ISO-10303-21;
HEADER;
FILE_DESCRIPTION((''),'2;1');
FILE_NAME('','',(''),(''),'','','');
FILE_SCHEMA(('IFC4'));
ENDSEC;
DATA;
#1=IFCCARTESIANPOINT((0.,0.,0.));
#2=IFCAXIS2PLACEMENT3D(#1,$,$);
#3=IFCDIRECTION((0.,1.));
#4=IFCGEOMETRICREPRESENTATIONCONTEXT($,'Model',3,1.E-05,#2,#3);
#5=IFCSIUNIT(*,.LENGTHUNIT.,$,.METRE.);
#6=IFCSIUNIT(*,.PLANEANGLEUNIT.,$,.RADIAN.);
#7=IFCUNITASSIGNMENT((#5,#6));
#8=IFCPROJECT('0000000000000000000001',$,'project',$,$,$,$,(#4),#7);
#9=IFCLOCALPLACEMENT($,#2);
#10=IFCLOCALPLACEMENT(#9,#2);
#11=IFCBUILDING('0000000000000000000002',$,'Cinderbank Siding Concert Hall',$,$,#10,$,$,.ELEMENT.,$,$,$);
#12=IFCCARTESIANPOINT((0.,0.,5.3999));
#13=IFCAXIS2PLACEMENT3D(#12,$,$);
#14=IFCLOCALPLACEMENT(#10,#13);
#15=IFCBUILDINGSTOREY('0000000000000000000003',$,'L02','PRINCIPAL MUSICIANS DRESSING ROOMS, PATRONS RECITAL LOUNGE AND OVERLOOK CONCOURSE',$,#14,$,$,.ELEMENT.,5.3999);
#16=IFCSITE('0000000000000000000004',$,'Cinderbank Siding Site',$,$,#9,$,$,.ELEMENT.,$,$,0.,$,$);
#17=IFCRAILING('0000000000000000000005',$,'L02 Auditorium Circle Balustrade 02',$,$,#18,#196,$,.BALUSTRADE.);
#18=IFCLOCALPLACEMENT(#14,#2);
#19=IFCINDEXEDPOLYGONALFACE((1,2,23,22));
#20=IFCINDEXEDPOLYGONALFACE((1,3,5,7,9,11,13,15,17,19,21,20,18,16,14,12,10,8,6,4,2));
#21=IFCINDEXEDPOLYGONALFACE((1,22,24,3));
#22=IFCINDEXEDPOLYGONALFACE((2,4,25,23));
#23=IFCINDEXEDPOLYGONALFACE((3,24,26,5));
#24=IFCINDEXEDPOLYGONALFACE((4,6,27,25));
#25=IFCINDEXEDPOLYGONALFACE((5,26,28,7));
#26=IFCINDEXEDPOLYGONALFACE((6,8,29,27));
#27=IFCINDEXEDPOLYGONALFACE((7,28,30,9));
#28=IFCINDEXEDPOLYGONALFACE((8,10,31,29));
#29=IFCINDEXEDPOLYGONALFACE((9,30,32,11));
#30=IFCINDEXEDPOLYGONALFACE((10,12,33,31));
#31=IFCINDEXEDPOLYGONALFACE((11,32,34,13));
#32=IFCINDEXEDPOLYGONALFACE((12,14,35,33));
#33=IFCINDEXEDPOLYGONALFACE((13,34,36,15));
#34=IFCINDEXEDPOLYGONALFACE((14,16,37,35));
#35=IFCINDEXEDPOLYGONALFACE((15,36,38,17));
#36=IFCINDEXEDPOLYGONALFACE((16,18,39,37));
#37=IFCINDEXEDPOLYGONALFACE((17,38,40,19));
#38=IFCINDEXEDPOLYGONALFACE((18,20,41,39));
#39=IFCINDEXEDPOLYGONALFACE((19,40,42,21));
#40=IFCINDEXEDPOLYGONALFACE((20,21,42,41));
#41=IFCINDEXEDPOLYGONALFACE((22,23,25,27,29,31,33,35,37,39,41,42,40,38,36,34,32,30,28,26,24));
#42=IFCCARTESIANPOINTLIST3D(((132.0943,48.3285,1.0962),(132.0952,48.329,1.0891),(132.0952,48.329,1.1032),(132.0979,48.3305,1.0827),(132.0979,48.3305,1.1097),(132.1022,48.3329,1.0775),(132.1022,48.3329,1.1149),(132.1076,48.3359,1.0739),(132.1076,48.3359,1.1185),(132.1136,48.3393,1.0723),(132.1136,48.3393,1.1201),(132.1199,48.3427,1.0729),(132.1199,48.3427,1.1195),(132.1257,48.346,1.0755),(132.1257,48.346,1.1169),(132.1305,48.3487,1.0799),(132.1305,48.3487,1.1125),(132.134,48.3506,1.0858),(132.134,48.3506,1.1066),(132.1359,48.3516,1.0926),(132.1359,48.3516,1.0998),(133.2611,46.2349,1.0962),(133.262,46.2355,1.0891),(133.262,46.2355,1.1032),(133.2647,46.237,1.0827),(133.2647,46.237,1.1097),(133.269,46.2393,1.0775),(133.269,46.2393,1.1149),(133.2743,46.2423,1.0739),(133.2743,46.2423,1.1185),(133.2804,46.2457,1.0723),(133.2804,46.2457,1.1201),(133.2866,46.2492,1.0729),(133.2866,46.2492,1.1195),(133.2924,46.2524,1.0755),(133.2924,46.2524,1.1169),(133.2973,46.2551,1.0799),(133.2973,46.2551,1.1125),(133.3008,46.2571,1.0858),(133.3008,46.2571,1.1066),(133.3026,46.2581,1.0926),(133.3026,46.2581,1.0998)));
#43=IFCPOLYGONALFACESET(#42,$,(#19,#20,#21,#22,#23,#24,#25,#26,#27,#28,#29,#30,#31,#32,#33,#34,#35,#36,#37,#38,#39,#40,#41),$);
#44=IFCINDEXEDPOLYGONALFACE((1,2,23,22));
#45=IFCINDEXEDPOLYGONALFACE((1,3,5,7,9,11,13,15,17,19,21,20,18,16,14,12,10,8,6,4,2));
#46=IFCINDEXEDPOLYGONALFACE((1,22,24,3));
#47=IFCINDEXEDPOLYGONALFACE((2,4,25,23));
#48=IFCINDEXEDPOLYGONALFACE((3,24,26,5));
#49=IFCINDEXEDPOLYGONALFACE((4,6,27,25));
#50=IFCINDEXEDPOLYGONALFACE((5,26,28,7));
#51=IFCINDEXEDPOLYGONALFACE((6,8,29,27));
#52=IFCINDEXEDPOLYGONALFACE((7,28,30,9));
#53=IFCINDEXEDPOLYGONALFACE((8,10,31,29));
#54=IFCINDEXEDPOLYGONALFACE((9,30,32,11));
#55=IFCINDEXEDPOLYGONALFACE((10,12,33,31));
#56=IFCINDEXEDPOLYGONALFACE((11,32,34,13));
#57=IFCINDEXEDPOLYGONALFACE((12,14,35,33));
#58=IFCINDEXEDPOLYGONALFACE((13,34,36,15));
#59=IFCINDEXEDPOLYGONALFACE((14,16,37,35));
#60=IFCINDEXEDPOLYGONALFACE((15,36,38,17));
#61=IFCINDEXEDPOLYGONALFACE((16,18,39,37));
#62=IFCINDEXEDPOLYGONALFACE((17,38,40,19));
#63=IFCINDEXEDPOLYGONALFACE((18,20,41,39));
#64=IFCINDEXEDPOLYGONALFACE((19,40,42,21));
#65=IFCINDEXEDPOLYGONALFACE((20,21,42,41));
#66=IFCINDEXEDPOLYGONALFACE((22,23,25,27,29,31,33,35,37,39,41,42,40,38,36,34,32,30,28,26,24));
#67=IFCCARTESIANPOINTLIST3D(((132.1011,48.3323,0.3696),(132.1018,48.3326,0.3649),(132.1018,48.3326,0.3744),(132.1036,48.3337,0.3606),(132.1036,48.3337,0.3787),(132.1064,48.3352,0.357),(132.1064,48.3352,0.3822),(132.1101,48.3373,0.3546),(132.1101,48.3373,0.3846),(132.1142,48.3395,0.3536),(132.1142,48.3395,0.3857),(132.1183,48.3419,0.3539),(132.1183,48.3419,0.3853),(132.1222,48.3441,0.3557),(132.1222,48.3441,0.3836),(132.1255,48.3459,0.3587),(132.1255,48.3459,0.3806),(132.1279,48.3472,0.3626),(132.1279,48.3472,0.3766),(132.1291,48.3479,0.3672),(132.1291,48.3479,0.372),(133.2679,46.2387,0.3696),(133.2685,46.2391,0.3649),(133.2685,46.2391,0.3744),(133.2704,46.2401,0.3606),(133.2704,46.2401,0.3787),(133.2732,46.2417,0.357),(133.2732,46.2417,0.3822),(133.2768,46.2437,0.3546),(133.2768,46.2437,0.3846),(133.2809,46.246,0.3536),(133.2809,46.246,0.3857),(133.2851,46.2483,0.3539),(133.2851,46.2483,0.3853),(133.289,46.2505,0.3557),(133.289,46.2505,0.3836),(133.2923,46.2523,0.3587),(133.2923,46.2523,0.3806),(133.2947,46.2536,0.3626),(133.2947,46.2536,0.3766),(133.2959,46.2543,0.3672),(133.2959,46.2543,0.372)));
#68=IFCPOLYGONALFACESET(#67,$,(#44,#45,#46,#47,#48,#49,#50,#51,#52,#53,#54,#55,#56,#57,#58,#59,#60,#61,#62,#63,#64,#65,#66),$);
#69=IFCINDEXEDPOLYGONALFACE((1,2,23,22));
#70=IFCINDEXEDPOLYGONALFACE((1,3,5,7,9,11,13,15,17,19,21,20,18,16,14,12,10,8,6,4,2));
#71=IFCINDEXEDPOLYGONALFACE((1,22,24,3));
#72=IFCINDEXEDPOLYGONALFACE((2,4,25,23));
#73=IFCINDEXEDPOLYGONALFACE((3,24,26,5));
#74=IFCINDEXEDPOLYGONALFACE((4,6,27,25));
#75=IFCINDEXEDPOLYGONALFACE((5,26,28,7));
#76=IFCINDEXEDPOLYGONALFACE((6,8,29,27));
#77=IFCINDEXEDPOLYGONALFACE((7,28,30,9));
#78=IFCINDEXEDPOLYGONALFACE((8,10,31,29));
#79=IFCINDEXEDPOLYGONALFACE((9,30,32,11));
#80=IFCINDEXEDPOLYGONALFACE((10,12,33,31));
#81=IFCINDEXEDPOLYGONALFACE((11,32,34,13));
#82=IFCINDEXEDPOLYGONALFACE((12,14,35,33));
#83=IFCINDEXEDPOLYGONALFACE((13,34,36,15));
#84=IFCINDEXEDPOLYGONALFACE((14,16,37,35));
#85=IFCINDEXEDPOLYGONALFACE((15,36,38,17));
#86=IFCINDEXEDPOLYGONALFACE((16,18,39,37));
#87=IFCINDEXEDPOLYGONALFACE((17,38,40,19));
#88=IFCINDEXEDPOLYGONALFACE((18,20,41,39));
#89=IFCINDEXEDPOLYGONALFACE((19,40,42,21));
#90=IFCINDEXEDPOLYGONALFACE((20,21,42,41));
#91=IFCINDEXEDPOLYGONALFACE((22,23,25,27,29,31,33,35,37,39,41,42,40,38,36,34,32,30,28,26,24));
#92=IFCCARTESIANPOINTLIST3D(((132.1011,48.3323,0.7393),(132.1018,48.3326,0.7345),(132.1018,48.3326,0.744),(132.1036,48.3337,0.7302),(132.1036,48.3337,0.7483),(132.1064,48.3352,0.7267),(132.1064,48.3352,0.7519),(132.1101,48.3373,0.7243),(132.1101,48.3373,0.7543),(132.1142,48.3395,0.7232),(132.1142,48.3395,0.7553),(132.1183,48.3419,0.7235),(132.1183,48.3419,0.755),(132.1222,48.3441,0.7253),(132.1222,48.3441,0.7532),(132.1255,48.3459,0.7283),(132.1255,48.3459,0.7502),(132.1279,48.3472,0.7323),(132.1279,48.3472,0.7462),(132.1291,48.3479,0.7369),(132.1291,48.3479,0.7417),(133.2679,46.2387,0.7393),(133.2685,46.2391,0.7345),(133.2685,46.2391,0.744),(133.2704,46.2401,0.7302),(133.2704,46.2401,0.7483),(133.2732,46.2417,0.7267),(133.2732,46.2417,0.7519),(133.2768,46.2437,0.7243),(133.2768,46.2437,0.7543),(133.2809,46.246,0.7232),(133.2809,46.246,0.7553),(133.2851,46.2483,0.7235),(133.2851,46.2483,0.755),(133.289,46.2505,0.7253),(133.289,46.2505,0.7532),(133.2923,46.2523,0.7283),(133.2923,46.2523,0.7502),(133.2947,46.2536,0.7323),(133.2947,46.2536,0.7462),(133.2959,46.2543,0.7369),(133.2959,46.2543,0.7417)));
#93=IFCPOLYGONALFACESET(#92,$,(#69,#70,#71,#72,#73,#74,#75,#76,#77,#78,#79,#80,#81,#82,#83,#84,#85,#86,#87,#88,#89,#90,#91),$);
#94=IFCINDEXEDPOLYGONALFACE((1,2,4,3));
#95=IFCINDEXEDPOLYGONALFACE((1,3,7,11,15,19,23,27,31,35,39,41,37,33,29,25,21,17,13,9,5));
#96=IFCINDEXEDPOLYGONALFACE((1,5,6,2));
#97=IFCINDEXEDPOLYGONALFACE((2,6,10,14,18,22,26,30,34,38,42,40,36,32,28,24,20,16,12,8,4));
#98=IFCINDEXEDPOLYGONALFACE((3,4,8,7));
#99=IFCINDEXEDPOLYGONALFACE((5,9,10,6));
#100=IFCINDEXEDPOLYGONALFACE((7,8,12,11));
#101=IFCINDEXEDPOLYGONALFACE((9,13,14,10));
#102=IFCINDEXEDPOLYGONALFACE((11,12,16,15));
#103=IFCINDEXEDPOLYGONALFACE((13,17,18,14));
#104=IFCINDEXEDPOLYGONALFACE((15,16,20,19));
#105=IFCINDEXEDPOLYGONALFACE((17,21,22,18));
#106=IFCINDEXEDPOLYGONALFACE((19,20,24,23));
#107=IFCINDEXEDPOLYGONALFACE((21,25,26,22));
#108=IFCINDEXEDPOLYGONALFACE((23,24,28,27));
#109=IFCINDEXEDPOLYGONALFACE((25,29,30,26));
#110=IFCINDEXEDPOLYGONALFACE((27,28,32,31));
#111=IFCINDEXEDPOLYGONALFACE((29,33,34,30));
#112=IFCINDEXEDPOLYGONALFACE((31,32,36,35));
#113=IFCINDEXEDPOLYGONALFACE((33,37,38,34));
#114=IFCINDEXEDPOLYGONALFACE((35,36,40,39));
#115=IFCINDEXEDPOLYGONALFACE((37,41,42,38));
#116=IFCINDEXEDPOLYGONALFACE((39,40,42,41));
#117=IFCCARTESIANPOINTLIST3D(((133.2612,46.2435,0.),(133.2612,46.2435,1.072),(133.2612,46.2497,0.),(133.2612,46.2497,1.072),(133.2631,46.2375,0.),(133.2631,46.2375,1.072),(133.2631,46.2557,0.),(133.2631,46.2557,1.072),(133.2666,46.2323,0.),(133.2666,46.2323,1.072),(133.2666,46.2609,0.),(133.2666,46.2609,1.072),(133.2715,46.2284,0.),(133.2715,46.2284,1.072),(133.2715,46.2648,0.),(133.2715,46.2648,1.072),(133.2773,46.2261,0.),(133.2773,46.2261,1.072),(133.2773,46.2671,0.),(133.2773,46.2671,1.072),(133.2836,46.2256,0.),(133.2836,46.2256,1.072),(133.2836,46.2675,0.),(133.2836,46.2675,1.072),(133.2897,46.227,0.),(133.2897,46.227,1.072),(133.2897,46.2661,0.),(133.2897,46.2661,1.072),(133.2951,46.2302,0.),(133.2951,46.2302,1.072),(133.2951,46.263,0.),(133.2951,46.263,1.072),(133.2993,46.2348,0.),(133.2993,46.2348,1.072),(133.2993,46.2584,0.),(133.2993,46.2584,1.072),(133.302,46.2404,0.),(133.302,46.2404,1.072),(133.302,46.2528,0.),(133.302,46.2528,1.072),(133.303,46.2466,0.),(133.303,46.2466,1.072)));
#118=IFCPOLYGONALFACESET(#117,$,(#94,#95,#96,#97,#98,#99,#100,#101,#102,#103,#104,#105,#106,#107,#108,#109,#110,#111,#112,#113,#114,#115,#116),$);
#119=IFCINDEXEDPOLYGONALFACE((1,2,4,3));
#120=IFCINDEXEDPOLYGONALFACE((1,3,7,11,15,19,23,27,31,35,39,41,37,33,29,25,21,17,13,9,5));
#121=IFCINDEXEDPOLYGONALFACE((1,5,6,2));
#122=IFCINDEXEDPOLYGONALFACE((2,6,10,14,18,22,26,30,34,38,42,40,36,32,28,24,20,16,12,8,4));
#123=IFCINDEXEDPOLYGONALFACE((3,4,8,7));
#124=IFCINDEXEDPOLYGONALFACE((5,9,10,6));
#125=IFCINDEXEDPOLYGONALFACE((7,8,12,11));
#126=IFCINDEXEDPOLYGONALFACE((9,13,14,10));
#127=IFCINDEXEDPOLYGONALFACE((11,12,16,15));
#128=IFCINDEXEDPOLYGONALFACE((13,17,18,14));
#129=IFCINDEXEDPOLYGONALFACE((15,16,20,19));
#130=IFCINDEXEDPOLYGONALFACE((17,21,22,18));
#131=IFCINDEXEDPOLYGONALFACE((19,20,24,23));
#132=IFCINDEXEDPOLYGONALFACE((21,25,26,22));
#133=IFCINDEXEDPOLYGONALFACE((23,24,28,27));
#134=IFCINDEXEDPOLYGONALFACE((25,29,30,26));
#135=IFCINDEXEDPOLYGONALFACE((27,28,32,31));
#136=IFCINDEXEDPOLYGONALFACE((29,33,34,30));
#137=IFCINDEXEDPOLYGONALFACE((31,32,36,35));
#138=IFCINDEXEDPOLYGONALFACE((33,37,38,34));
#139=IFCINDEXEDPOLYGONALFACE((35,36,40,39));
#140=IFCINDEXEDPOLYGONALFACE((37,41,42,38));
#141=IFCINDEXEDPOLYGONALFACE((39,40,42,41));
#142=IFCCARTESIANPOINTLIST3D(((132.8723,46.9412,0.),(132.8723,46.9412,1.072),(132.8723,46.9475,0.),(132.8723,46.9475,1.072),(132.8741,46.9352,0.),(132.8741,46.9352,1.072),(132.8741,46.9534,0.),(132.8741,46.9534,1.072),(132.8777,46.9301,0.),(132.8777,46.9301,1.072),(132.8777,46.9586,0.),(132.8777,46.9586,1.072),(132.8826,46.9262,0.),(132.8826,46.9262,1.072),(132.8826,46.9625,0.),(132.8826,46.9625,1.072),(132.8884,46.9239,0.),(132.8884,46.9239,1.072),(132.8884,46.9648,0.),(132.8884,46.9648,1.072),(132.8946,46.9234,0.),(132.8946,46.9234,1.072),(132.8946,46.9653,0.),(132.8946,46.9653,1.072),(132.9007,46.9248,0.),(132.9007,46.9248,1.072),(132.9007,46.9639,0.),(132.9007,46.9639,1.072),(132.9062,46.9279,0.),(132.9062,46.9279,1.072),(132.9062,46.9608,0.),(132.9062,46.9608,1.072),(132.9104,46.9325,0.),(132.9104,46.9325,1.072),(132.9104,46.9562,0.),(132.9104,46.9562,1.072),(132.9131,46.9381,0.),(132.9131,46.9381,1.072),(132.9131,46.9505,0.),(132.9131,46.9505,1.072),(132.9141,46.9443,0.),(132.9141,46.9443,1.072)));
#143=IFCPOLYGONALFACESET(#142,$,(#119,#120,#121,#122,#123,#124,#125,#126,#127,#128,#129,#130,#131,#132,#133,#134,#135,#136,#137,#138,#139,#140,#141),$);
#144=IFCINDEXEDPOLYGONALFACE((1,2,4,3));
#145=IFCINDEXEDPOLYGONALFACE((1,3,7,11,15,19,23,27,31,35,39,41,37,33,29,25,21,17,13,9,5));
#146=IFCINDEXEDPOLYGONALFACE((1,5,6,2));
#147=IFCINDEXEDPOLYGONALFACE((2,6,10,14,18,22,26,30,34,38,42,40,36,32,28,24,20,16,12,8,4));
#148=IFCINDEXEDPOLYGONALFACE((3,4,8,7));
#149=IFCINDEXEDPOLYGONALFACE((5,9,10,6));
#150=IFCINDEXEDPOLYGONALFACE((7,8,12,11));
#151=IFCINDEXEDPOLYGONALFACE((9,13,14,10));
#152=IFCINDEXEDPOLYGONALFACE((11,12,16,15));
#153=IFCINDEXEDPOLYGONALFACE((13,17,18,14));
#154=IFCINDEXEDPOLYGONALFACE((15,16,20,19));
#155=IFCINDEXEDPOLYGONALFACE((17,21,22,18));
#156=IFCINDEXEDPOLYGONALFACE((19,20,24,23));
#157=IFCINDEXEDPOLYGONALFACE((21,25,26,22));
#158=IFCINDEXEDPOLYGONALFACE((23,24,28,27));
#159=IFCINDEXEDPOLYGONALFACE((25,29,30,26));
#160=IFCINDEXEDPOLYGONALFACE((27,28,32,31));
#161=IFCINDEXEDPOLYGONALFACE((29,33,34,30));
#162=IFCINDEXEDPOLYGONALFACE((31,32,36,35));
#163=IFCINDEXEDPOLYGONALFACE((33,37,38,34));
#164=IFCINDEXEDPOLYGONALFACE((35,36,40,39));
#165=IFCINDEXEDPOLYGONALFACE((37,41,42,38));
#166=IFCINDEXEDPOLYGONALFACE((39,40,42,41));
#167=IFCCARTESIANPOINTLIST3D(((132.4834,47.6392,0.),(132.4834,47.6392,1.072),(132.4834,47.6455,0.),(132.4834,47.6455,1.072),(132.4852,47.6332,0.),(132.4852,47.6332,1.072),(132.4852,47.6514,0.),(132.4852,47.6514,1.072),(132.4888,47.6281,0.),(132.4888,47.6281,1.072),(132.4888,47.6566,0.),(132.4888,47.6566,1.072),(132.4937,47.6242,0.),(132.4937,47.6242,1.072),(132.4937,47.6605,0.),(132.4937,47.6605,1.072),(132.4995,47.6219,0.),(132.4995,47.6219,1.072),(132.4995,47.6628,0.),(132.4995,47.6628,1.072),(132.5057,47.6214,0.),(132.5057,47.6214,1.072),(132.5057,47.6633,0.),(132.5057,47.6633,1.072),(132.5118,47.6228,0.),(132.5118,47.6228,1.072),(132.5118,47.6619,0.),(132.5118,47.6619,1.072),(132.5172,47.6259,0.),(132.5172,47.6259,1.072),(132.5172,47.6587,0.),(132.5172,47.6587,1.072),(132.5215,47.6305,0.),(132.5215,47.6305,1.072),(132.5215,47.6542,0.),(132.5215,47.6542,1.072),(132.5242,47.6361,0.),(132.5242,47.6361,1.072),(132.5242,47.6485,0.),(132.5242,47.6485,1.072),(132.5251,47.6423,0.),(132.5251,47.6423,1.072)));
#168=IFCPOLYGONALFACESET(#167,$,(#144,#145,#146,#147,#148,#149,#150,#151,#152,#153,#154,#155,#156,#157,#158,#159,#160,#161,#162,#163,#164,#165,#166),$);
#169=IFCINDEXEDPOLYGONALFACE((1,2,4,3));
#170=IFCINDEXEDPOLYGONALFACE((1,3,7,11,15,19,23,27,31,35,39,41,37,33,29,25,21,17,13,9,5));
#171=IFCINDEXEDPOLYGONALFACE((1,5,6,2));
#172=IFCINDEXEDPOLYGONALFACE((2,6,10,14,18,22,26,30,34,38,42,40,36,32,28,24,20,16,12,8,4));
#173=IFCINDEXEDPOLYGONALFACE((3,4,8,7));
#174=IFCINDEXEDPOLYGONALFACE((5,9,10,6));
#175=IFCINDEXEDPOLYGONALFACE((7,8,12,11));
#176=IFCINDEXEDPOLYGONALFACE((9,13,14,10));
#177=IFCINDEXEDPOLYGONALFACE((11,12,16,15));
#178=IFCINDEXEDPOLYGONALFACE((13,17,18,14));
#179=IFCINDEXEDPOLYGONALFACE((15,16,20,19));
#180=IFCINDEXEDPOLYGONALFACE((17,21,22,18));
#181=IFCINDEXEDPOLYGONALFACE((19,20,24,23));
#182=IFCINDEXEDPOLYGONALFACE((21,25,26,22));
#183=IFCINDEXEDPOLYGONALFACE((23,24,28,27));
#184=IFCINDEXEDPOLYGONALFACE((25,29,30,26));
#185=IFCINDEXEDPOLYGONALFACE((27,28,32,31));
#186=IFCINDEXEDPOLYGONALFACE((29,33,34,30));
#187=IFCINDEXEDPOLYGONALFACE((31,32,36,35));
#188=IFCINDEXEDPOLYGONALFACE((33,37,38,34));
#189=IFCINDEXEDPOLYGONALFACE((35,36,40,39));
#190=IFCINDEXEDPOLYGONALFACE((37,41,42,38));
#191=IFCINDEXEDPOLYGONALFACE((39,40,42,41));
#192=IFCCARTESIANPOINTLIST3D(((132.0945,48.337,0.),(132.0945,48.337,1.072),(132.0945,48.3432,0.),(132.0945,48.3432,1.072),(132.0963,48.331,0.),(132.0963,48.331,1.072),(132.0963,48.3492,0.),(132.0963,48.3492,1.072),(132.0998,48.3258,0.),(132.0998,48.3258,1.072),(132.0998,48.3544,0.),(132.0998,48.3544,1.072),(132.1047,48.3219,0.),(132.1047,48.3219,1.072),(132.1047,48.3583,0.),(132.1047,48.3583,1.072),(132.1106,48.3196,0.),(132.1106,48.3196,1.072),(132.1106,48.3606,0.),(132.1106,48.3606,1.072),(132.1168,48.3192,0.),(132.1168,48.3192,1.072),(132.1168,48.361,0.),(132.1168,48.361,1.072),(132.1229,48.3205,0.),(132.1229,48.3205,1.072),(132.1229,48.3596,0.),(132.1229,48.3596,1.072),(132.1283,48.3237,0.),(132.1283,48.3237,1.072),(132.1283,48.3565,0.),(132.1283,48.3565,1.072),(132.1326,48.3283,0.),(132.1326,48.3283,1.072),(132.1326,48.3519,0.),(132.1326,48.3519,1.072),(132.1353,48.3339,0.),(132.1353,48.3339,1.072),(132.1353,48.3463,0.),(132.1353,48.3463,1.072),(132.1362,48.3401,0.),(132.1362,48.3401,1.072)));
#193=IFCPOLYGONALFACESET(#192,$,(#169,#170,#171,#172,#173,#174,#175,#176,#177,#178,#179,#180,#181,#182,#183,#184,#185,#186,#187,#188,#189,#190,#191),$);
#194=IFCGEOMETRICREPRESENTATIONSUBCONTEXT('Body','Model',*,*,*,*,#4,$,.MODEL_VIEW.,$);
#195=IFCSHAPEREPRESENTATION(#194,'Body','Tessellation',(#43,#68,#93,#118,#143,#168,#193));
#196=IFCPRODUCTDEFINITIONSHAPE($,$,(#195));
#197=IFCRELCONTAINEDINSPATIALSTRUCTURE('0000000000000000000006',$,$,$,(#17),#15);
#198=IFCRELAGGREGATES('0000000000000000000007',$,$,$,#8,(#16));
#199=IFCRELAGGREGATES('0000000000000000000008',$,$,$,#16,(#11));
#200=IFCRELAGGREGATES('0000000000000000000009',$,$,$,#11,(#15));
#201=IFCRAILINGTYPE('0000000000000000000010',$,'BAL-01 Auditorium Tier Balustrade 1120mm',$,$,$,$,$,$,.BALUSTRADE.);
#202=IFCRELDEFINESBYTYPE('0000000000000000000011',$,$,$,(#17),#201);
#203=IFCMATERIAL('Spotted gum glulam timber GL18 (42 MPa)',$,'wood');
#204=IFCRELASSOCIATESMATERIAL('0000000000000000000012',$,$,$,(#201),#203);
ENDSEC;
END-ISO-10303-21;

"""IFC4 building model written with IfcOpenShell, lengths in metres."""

from ifc_helpers import new_model, si_unit, direction, frame, origin, origin_2d, place, context, subcontext, project, spatial, circle, extrude, material, type_object, element, save


model = new_model("IFC4")

# Units and contexts
model_context = context("Model", 3, precision=1e-05, world=origin(), true_north=direction((0.0, 1.0)))
body_context = subcontext(model_context, "Body", "Model", "MODEL_VIEW")
ifc_project = project(units=[si_unit("LENGTHUNIT", "METRE"), si_unit("PLANEANGLEUNIT", "RADIAN")], contexts=[model_context])

# Site, building, storey
site_placement = place(None, origin())
site = spatial("IfcSite", under=ifc_project, at=site_placement, Name="Cinderbank Siding Site", CompositionType="ELEMENT", RefElevation=0.0)
building_placement = place(site_placement, origin())
building = spatial("IfcBuilding", under=site, at=building_placement, Name="Cinderbank Siding Concert Hall", CompositionType="ELEMENT")
storey_placement = place(building_placement, frame((0.0, 0.0, 5.3999)))
storey = spatial("IfcBuildingStorey", under=building, at=storey_placement, Name="L02", Description="PRINCIPAL MUSICIANS DRESSING ROOMS, PATRONS RECITAL LOUNGE AND OVERLOOK CONCOURSE", CompositionType="ELEMENT", Elevation=5.3999)

# Railing
ifc_material_1 = material(Name="Spotted gum glulam timber GL18 (42 MPa)", Category="wood")
railing_type_1 = type_object("IfcRailingType", Name="BAL-01 Auditorium Tier Balustrade 1120mm", PredefinedType="BALUSTRADE", material=ifc_material_1)
railing_1_placement = place(storey_placement, frame((133.282, 46.2466, 0.0)))
element("IfcRailing", 1, at=railing_1_placement, inside=storey, type_object=railing_type_1, Name="L02 Auditorium Circle Balustrade 02", PredefinedType="BALUSTRADE", context=body_context, shape_type="SweptSolid", body=[
    extrude(circle(Radius=0.0239, at=origin_2d()), frame((0.0, 0.0, 1.0962), z_axis=(-0.486819, 0.873503, 0.0), x_axis=(-0.873503, -0.486819, 0.0)), (0.0, 0.0, 1.0), 2.3967),
    extrude(circle(Radius=0.0161, at=origin_2d()), frame((0.0, 0.0, 0.3696), z_axis=(-0.486819, 0.873503, 0.0), x_axis=(-0.873503, -0.486819, 0.0)), (0.0, 0.0, 1.0), 2.3967),
    extrude(circle(Radius=0.0161, at=origin_2d()), frame((0.0, 0.0, 0.7393), z_axis=(-0.486819, 0.873503, 0.0), x_axis=(-0.873503, -0.486819, 0.0)), (0.0, 0.0, 1.0), 2.3967),
    extrude(circle(Radius=0.021, at=origin_2d()), origin(), (0.0, 0.0, 1.0), 1.072),
    extrude(circle(Radius=0.021, at=origin_2d()), frame((-0.3889, 0.6978, 0.0)), (0.0, 0.0, 1.0), 1.072),
    extrude(circle(Radius=0.021, at=origin_2d()), frame((-0.7778, 1.3958, 0.0)), (0.0, 0.0, 1.0), 1.072),
    extrude(circle(Radius=0.021, at=origin_2d()), frame((-1.1667, 2.0935, 0.0)), (0.0, 0.0, 1.0), 1.072),
])

save(model, "model.ifc")
